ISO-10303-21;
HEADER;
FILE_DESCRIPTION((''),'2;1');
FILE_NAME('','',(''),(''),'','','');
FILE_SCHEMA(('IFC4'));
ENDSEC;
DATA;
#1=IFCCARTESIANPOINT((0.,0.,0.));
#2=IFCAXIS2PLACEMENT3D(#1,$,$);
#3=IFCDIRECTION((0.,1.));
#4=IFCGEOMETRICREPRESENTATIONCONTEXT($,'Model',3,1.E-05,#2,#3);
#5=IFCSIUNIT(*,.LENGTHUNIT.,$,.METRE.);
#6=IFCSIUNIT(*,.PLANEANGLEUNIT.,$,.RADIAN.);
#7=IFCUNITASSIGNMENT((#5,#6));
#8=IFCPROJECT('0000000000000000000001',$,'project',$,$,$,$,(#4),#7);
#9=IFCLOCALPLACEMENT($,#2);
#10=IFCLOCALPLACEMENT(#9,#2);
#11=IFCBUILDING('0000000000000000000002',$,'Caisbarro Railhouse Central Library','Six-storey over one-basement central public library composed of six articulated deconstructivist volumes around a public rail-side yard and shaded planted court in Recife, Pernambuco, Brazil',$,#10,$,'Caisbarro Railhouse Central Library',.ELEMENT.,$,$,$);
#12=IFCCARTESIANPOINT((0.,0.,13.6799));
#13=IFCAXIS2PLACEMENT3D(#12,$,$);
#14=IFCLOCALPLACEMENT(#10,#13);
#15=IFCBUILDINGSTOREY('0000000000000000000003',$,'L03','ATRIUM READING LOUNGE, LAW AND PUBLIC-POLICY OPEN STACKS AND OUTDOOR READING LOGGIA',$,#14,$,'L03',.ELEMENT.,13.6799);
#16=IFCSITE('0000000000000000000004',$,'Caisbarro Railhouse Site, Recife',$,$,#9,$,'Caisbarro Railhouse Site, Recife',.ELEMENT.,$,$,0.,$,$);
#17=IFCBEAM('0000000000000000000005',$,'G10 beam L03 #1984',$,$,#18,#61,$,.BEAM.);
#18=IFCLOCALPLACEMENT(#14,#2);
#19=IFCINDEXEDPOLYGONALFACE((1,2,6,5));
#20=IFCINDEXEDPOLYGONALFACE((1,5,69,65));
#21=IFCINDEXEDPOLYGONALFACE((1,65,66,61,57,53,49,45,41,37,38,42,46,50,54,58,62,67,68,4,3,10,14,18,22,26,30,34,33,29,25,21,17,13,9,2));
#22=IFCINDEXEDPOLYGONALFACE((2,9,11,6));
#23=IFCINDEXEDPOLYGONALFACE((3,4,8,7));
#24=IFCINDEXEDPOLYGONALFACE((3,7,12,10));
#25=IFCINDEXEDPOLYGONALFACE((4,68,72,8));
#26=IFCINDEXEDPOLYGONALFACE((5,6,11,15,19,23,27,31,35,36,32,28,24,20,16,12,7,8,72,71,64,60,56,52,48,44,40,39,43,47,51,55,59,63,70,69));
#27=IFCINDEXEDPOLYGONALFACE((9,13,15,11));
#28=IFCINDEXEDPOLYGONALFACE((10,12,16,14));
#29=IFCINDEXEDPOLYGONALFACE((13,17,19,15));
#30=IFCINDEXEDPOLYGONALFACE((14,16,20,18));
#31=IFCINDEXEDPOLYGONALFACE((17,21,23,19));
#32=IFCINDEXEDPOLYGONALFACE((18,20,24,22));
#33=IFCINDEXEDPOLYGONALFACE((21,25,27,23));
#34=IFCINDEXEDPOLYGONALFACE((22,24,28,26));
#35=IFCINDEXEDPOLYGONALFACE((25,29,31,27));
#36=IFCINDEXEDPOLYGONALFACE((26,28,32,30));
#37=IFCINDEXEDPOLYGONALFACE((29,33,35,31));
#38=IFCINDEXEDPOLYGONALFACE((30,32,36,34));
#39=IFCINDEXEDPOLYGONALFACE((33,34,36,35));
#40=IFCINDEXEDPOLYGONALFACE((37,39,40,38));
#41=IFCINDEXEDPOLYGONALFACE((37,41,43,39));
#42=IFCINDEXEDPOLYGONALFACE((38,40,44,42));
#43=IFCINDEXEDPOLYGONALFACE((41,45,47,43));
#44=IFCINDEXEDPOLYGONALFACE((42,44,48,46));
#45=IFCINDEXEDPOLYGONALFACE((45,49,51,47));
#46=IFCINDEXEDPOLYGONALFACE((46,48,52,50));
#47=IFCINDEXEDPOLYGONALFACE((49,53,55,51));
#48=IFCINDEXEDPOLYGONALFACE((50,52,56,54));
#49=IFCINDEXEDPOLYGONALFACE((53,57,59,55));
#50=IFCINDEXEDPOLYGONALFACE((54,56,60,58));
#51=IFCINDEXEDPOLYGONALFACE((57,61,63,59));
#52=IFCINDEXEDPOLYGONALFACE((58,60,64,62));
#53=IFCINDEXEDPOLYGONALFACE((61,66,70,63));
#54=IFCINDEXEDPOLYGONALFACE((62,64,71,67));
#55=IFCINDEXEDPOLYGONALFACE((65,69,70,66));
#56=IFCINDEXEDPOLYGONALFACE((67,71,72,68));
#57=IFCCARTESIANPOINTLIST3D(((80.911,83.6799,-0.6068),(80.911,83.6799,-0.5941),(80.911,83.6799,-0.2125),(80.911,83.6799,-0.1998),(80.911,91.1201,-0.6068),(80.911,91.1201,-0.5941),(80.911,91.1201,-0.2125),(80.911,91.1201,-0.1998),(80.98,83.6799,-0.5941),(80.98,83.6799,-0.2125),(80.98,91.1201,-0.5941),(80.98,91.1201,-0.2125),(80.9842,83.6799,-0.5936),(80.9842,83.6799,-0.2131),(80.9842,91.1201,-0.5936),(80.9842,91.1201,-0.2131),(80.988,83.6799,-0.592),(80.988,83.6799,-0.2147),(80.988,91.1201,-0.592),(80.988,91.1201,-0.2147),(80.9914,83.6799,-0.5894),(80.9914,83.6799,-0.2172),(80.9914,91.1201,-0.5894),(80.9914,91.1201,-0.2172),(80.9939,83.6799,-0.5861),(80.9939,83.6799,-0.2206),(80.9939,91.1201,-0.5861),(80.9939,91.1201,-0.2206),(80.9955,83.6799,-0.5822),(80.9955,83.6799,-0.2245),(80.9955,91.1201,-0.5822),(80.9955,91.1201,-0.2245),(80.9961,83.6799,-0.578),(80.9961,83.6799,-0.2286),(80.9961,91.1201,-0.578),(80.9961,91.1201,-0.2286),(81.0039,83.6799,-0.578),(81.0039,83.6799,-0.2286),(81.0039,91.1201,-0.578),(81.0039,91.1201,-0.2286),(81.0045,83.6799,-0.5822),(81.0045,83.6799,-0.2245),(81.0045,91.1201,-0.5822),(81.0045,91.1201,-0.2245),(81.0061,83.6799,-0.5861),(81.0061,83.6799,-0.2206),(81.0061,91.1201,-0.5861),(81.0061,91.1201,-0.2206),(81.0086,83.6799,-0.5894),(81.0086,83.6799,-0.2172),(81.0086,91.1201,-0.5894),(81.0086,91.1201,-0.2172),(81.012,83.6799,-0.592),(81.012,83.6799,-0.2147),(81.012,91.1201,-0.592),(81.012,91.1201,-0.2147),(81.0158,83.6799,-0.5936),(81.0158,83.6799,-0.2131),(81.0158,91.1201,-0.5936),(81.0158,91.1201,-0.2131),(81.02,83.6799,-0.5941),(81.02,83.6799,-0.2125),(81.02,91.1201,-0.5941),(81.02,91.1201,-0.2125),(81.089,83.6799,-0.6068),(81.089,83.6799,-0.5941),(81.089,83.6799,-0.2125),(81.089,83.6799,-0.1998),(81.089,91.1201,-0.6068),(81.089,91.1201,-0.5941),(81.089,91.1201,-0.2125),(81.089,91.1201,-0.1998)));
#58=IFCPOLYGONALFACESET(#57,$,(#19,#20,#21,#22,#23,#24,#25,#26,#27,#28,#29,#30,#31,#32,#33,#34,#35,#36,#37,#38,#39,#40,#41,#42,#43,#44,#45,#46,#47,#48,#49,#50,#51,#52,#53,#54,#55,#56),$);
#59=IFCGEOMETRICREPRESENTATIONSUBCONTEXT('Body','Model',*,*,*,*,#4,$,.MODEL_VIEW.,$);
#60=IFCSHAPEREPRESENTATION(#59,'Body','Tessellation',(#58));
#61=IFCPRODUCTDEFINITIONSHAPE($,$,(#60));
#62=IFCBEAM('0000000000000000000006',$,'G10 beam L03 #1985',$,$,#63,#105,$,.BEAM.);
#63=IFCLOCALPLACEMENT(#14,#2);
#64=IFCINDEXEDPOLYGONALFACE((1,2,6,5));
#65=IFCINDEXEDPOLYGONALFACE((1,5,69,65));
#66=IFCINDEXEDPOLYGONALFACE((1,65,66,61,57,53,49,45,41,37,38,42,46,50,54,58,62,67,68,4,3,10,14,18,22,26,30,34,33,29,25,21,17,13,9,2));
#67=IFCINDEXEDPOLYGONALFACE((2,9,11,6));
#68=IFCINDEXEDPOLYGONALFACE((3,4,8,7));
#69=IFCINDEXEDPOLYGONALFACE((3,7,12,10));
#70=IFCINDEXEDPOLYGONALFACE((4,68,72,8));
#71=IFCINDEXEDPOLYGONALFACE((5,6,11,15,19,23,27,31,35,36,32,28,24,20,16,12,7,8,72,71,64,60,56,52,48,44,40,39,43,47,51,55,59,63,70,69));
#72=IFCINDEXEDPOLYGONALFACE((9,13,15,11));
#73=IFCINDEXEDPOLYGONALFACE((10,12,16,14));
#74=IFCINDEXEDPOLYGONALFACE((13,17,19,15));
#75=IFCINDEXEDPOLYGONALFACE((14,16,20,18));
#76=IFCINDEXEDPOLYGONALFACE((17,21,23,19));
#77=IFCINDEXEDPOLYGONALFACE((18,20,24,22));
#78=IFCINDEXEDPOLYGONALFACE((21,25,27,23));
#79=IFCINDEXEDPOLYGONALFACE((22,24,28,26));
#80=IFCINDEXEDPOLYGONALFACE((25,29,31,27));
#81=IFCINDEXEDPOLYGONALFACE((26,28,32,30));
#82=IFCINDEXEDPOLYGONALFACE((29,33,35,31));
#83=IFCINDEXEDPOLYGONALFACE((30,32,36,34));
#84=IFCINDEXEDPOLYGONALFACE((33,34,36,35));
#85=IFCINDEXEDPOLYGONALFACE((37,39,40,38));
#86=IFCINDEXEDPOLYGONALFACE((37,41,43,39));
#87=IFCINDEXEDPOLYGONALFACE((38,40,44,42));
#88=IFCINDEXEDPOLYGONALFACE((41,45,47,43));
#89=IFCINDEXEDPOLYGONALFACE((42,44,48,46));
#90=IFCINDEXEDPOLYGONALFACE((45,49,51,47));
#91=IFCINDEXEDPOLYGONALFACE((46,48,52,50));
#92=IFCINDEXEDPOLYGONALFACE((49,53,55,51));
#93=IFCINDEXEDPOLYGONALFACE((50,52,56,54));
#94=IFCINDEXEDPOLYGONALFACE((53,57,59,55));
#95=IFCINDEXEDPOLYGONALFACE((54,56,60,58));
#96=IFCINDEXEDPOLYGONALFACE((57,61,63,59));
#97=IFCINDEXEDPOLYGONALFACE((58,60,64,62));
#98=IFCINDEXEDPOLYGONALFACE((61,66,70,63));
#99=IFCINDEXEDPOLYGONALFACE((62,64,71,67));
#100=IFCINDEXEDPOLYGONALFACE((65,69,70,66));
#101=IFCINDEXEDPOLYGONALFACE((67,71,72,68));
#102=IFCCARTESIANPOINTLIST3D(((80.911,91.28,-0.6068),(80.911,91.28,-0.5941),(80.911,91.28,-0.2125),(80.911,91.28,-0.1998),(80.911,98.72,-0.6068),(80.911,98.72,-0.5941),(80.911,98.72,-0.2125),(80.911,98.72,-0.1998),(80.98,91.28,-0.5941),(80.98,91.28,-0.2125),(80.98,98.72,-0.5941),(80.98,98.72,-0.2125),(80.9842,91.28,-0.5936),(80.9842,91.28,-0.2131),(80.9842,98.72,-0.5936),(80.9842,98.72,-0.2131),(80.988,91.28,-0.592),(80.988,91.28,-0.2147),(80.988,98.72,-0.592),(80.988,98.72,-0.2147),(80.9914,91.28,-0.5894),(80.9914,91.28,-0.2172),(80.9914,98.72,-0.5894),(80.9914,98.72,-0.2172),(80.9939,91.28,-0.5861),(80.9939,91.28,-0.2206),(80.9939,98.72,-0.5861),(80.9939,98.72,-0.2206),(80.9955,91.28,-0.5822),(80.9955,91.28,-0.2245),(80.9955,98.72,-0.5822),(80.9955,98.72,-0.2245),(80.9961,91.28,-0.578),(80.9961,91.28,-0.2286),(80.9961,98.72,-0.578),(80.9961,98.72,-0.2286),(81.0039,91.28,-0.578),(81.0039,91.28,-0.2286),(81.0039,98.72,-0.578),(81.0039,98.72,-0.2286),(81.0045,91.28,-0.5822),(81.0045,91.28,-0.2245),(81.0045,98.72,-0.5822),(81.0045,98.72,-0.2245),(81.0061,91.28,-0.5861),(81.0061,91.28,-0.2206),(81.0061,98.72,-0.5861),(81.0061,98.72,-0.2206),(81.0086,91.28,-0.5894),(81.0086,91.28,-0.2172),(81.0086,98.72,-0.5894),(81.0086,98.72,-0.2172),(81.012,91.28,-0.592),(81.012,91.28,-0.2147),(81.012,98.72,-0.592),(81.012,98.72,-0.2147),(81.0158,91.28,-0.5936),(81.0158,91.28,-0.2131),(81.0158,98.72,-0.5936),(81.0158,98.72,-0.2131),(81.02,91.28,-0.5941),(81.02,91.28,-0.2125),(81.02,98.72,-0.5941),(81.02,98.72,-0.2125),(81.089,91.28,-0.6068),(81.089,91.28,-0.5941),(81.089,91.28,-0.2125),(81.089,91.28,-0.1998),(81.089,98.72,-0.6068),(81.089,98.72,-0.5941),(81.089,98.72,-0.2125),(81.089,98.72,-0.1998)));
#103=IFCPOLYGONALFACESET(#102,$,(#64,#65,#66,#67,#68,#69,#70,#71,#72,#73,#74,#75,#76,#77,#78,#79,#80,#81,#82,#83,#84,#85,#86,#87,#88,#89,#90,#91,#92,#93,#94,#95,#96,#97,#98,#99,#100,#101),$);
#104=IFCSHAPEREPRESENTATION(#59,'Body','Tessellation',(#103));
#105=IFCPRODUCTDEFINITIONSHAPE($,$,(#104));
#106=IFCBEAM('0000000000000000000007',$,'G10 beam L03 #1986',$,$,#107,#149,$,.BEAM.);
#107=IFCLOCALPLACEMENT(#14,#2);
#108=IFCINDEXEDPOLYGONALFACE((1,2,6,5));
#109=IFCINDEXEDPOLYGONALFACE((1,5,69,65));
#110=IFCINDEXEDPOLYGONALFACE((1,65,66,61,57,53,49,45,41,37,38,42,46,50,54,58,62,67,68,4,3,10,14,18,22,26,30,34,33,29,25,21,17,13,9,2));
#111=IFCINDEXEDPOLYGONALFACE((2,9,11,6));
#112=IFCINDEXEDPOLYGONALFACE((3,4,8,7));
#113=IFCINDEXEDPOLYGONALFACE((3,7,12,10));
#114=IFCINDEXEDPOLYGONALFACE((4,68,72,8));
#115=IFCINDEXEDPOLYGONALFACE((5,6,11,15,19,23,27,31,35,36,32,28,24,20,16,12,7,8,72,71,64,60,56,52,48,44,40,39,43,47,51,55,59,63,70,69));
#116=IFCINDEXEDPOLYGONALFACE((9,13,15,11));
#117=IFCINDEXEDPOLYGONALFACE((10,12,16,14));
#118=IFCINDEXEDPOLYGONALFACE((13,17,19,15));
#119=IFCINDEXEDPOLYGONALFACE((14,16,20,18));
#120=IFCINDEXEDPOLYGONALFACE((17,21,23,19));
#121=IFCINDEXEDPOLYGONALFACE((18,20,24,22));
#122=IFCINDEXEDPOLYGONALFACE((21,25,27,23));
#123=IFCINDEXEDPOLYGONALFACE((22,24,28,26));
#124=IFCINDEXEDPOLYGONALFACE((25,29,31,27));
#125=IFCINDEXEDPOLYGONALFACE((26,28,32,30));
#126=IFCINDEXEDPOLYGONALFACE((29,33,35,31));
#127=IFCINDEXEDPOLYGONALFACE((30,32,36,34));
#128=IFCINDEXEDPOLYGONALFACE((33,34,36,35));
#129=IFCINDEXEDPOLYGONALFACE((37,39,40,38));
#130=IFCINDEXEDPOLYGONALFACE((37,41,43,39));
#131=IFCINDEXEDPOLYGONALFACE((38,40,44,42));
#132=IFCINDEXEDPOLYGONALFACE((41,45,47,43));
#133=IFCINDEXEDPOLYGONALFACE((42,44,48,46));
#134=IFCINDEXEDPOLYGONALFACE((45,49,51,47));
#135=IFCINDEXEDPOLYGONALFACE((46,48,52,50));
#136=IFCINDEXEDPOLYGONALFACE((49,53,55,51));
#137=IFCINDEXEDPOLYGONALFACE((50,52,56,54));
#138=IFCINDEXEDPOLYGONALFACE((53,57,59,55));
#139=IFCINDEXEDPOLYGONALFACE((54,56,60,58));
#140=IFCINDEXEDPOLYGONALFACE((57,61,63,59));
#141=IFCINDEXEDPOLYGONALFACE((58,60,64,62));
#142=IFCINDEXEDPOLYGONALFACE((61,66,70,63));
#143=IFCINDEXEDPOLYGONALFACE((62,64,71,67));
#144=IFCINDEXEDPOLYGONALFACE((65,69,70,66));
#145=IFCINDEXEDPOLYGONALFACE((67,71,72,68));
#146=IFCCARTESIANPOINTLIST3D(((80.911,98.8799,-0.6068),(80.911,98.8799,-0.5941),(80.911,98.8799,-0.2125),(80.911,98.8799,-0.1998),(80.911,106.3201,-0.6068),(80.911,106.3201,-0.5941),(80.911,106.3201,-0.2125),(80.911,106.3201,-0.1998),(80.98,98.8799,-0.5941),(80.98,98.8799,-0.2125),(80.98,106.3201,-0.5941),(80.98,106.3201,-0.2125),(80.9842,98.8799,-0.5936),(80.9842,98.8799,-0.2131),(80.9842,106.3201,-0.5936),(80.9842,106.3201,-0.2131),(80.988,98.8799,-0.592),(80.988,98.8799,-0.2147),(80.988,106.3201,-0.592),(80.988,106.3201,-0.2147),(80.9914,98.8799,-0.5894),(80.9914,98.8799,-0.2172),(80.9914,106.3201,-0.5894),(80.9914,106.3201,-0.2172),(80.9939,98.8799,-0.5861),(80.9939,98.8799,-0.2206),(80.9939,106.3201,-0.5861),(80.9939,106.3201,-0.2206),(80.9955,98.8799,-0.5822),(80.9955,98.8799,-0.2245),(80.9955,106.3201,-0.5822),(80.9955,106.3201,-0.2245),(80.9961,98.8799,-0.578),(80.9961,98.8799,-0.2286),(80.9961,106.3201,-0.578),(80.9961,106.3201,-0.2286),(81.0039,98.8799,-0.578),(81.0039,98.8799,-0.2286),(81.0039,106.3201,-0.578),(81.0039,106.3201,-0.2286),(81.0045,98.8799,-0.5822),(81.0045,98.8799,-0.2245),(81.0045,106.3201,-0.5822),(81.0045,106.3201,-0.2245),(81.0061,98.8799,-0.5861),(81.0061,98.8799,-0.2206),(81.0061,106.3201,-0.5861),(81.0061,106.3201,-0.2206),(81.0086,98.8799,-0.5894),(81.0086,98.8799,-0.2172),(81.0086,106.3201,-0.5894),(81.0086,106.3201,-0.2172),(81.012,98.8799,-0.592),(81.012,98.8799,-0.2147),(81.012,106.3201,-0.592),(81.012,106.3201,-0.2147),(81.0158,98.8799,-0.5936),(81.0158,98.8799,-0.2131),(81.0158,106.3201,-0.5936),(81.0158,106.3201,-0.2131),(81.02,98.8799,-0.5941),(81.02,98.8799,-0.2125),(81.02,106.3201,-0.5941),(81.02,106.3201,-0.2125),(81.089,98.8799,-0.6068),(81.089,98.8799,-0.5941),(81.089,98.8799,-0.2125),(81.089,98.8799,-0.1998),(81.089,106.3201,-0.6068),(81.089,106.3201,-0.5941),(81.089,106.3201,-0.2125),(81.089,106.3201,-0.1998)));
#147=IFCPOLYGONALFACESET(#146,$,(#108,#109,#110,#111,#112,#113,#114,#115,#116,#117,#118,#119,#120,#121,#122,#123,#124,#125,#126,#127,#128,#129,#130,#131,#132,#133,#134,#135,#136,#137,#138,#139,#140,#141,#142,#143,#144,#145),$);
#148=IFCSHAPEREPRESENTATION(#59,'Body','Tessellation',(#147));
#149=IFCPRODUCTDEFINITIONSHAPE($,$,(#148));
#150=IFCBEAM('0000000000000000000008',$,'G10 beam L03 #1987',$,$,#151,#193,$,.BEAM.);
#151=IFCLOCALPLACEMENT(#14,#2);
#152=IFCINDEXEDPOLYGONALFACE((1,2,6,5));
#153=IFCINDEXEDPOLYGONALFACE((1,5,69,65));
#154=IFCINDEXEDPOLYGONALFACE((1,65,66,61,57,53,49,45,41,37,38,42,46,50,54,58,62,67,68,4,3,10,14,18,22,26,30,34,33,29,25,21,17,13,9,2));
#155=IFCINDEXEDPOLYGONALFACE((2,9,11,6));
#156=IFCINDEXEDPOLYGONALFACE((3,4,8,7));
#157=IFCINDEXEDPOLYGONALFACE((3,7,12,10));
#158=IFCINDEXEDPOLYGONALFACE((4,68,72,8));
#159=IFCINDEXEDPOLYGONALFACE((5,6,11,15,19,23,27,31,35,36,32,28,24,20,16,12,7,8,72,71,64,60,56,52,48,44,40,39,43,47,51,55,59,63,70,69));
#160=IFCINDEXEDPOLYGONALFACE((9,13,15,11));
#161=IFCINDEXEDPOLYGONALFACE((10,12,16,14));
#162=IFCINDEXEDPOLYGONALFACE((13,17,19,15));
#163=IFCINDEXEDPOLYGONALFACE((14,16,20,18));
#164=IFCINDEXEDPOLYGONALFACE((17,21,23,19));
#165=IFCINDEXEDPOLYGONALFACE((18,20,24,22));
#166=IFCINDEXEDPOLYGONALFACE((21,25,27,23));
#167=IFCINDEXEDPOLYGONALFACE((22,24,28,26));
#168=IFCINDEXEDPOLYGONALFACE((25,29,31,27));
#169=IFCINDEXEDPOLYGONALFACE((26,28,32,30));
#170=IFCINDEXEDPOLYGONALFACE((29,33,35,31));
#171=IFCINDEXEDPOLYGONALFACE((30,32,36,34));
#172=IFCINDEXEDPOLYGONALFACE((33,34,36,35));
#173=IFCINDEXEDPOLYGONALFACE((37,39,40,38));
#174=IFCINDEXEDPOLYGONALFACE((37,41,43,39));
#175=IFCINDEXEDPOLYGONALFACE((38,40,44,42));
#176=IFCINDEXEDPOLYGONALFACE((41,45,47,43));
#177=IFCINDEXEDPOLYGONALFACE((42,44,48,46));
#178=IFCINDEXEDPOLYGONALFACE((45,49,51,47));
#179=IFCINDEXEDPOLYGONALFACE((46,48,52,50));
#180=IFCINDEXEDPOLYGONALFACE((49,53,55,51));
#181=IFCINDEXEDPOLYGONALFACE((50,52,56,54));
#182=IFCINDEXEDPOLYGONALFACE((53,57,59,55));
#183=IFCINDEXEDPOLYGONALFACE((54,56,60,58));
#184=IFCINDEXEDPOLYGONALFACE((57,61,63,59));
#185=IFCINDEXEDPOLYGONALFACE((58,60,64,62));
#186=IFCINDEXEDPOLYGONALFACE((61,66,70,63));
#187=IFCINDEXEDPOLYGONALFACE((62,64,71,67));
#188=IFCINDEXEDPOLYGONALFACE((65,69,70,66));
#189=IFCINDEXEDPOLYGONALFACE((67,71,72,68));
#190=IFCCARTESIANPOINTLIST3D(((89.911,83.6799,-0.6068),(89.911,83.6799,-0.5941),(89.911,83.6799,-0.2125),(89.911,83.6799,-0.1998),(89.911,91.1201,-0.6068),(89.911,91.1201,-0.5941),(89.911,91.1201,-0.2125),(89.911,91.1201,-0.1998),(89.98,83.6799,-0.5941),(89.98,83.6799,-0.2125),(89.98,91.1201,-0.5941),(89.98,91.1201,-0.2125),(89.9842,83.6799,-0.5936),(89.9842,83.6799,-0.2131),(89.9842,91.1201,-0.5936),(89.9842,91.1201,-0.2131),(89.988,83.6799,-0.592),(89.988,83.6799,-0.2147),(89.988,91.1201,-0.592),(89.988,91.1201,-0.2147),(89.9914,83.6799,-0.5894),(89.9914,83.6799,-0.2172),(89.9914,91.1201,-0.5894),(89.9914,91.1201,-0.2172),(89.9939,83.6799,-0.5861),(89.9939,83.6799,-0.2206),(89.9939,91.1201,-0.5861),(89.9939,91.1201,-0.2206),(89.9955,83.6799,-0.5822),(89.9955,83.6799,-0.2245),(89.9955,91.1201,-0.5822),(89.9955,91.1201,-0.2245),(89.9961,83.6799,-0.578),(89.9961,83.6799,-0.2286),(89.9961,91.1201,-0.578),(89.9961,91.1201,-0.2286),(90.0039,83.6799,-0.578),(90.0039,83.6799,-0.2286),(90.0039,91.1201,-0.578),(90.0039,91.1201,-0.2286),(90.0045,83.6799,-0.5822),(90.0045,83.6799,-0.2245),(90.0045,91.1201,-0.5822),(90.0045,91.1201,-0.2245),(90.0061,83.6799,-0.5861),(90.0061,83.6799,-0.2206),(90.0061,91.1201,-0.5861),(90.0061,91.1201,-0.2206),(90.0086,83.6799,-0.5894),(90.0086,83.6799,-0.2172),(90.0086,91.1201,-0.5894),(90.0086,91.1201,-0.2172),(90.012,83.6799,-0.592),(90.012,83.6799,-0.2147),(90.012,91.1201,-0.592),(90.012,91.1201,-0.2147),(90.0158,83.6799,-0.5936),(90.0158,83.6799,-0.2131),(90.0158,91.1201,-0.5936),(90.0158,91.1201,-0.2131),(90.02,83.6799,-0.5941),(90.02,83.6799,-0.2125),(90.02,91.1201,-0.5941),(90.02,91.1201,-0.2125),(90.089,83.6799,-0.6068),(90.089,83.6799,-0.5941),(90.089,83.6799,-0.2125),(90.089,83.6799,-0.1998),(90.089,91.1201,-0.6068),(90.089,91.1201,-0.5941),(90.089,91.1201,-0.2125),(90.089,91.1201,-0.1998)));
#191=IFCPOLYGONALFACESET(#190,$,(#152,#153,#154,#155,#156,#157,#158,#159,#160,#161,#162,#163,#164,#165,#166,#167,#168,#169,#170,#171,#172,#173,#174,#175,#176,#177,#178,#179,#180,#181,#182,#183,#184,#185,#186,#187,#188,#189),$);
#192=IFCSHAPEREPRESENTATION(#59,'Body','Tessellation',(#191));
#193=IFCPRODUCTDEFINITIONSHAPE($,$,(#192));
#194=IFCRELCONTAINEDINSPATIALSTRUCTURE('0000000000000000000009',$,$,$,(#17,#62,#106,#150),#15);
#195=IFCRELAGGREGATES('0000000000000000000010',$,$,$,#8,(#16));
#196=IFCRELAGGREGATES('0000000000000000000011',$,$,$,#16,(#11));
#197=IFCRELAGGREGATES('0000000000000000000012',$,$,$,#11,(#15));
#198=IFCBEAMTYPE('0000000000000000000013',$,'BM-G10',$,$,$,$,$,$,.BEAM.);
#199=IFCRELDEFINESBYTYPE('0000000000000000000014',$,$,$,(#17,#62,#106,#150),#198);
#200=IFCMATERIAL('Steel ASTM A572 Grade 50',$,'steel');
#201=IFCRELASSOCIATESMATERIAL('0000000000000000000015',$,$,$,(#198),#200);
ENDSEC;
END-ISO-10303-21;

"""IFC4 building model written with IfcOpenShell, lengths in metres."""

from ifc_helpers import new_model, si_unit, direction, frame, origin, origin_2d, place, context, subcontext, project, spatial, i_section, extrude, material, material_profile, profile_set, type_object, element, save


model = new_model("IFC4")

# Units and contexts
model_context = context("Model", 3, precision=1e-05, world=origin(), true_north=direction((0.0, 1.0)))
body_context = subcontext(model_context, "Body", "Model", "MODEL_VIEW")
ifc_project = project(units=[si_unit("LENGTHUNIT", "METRE"), si_unit("PLANEANGLEUNIT", "RADIAN")], contexts=[model_context])

# Site, building, storey
site_placement = place(None, origin())
site = spatial("IfcSite", under=ifc_project, at=site_placement, Name="Caisbarro Railhouse Site, Recife", LongName="Caisbarro Railhouse Site, Recife", CompositionType="ELEMENT", RefElevation=0.0)
building_placement = place(site_placement, origin())
building = spatial("IfcBuilding", under=site, at=building_placement, Name="Caisbarro Railhouse Central Library", Description="Six-storey over one-basement central public library composed of six articulated deconstructivist volumes around a public rail-side yard and shaded planted court in Recife, Pernambuco, Brazil", LongName="Caisbarro Railhouse Central Library", CompositionType="ELEMENT")
storey_placement = place(building_placement, frame((0.0, 0.0, 13.6799)))
storey = spatial("IfcBuildingStorey", under=building, at=storey_placement, Name="L03", Description="ATRIUM READING LOUNGE, LAW AND PUBLIC-POLICY OPEN STACKS AND OUTDOOR READING LOGGIA", LongName="L03", CompositionType="ELEMENT", Elevation=13.6799)

# Shared definitions
ifc_material_1 = material(Name="Steel ASTM A572 Grade 50", Category="steel")

# Beams
ifc_material_profile_1 = material_profile(ifc_material_1, i_section(OverallWidth=0.178, OverallDepth=0.407, WebThickness=0.0078, FlangeThickness=0.0127, FilletRadius=0.0161, at=origin_2d()), Name="W410X60.0")
ifc_profile_set_1 = profile_set([ifc_material_profile_1], Name="Steel ASTM A572 Grade 50")
beam_type_1 = type_object("IfcBeamType", Name="BM-G10", PredefinedType="BEAM", material=ifc_profile_set_1)
beam_1_placement = place(storey_placement, frame((81.0, 83.6799, -0.4033), z_axis=(0.0, 1.0, 0.0), x_axis=(-1.0, 0.0, 0.0)))
element("IfcBeam", 1, at=beam_1_placement, inside=storey, type_object=beam_type_1, Name="G10 beam L03 #1984", PredefinedType="BEAM", context=body_context, shape_type="SweptSolid", body=[
    extrude(i_section(OverallWidth=0.178, OverallDepth=0.407, WebThickness=0.0078, FlangeThickness=0.0127, FilletRadius=0.0161, at=origin_2d()), origin(), (0.0, 0.0, 1.0), 7.4402),
])
beam_2_placement = place(storey_placement, frame((81.0, 91.28, -0.4033), z_axis=(0.0, 1.0, 0.0), x_axis=(-1.0, 0.0, 0.0)))
element("IfcBeam", 2, at=beam_2_placement, inside=storey, type_object=beam_type_1, Name="G10 beam L03 #1985", PredefinedType="BEAM", context=body_context, shape_type="SweptSolid", body=[
    extrude(i_section(OverallWidth=0.178, OverallDepth=0.407, WebThickness=0.0078, FlangeThickness=0.0127, FilletRadius=0.0161, at=origin_2d()), origin(), (0.0, 0.0, 1.0), 7.4399),
])
for number, where, z_axis, x_axis, name in (
    (3, (81.0, 98.8799, -0.4033), (0.0, 1.0, 0.0), (-1.0, 0.0, 0.0), "G10 beam L03 #1986"),
    (4, (90.0, 83.6799, -0.4033), (0.0, 1.0, 0.0), (-1.0, 0.0, 0.0), "G10 beam L03 #1987"),
):
    element("IfcBeam", number, at=place(storey_placement, frame(where, z_axis=z_axis, x_axis=x_axis)), inside=storey, type_object=beam_type_1, Name=name, PredefinedType="BEAM", context=body_context, shape_type="SweptSolid", body=[
        extrude(i_section(OverallWidth=0.178, OverallDepth=0.407, WebThickness=0.0078, FlangeThickness=0.0127, FilletRadius=0.0161, at=origin_2d()), origin(), (0.0, 0.0, 1.0), 7.4402),
    ])

save(model, "model.ifc")
